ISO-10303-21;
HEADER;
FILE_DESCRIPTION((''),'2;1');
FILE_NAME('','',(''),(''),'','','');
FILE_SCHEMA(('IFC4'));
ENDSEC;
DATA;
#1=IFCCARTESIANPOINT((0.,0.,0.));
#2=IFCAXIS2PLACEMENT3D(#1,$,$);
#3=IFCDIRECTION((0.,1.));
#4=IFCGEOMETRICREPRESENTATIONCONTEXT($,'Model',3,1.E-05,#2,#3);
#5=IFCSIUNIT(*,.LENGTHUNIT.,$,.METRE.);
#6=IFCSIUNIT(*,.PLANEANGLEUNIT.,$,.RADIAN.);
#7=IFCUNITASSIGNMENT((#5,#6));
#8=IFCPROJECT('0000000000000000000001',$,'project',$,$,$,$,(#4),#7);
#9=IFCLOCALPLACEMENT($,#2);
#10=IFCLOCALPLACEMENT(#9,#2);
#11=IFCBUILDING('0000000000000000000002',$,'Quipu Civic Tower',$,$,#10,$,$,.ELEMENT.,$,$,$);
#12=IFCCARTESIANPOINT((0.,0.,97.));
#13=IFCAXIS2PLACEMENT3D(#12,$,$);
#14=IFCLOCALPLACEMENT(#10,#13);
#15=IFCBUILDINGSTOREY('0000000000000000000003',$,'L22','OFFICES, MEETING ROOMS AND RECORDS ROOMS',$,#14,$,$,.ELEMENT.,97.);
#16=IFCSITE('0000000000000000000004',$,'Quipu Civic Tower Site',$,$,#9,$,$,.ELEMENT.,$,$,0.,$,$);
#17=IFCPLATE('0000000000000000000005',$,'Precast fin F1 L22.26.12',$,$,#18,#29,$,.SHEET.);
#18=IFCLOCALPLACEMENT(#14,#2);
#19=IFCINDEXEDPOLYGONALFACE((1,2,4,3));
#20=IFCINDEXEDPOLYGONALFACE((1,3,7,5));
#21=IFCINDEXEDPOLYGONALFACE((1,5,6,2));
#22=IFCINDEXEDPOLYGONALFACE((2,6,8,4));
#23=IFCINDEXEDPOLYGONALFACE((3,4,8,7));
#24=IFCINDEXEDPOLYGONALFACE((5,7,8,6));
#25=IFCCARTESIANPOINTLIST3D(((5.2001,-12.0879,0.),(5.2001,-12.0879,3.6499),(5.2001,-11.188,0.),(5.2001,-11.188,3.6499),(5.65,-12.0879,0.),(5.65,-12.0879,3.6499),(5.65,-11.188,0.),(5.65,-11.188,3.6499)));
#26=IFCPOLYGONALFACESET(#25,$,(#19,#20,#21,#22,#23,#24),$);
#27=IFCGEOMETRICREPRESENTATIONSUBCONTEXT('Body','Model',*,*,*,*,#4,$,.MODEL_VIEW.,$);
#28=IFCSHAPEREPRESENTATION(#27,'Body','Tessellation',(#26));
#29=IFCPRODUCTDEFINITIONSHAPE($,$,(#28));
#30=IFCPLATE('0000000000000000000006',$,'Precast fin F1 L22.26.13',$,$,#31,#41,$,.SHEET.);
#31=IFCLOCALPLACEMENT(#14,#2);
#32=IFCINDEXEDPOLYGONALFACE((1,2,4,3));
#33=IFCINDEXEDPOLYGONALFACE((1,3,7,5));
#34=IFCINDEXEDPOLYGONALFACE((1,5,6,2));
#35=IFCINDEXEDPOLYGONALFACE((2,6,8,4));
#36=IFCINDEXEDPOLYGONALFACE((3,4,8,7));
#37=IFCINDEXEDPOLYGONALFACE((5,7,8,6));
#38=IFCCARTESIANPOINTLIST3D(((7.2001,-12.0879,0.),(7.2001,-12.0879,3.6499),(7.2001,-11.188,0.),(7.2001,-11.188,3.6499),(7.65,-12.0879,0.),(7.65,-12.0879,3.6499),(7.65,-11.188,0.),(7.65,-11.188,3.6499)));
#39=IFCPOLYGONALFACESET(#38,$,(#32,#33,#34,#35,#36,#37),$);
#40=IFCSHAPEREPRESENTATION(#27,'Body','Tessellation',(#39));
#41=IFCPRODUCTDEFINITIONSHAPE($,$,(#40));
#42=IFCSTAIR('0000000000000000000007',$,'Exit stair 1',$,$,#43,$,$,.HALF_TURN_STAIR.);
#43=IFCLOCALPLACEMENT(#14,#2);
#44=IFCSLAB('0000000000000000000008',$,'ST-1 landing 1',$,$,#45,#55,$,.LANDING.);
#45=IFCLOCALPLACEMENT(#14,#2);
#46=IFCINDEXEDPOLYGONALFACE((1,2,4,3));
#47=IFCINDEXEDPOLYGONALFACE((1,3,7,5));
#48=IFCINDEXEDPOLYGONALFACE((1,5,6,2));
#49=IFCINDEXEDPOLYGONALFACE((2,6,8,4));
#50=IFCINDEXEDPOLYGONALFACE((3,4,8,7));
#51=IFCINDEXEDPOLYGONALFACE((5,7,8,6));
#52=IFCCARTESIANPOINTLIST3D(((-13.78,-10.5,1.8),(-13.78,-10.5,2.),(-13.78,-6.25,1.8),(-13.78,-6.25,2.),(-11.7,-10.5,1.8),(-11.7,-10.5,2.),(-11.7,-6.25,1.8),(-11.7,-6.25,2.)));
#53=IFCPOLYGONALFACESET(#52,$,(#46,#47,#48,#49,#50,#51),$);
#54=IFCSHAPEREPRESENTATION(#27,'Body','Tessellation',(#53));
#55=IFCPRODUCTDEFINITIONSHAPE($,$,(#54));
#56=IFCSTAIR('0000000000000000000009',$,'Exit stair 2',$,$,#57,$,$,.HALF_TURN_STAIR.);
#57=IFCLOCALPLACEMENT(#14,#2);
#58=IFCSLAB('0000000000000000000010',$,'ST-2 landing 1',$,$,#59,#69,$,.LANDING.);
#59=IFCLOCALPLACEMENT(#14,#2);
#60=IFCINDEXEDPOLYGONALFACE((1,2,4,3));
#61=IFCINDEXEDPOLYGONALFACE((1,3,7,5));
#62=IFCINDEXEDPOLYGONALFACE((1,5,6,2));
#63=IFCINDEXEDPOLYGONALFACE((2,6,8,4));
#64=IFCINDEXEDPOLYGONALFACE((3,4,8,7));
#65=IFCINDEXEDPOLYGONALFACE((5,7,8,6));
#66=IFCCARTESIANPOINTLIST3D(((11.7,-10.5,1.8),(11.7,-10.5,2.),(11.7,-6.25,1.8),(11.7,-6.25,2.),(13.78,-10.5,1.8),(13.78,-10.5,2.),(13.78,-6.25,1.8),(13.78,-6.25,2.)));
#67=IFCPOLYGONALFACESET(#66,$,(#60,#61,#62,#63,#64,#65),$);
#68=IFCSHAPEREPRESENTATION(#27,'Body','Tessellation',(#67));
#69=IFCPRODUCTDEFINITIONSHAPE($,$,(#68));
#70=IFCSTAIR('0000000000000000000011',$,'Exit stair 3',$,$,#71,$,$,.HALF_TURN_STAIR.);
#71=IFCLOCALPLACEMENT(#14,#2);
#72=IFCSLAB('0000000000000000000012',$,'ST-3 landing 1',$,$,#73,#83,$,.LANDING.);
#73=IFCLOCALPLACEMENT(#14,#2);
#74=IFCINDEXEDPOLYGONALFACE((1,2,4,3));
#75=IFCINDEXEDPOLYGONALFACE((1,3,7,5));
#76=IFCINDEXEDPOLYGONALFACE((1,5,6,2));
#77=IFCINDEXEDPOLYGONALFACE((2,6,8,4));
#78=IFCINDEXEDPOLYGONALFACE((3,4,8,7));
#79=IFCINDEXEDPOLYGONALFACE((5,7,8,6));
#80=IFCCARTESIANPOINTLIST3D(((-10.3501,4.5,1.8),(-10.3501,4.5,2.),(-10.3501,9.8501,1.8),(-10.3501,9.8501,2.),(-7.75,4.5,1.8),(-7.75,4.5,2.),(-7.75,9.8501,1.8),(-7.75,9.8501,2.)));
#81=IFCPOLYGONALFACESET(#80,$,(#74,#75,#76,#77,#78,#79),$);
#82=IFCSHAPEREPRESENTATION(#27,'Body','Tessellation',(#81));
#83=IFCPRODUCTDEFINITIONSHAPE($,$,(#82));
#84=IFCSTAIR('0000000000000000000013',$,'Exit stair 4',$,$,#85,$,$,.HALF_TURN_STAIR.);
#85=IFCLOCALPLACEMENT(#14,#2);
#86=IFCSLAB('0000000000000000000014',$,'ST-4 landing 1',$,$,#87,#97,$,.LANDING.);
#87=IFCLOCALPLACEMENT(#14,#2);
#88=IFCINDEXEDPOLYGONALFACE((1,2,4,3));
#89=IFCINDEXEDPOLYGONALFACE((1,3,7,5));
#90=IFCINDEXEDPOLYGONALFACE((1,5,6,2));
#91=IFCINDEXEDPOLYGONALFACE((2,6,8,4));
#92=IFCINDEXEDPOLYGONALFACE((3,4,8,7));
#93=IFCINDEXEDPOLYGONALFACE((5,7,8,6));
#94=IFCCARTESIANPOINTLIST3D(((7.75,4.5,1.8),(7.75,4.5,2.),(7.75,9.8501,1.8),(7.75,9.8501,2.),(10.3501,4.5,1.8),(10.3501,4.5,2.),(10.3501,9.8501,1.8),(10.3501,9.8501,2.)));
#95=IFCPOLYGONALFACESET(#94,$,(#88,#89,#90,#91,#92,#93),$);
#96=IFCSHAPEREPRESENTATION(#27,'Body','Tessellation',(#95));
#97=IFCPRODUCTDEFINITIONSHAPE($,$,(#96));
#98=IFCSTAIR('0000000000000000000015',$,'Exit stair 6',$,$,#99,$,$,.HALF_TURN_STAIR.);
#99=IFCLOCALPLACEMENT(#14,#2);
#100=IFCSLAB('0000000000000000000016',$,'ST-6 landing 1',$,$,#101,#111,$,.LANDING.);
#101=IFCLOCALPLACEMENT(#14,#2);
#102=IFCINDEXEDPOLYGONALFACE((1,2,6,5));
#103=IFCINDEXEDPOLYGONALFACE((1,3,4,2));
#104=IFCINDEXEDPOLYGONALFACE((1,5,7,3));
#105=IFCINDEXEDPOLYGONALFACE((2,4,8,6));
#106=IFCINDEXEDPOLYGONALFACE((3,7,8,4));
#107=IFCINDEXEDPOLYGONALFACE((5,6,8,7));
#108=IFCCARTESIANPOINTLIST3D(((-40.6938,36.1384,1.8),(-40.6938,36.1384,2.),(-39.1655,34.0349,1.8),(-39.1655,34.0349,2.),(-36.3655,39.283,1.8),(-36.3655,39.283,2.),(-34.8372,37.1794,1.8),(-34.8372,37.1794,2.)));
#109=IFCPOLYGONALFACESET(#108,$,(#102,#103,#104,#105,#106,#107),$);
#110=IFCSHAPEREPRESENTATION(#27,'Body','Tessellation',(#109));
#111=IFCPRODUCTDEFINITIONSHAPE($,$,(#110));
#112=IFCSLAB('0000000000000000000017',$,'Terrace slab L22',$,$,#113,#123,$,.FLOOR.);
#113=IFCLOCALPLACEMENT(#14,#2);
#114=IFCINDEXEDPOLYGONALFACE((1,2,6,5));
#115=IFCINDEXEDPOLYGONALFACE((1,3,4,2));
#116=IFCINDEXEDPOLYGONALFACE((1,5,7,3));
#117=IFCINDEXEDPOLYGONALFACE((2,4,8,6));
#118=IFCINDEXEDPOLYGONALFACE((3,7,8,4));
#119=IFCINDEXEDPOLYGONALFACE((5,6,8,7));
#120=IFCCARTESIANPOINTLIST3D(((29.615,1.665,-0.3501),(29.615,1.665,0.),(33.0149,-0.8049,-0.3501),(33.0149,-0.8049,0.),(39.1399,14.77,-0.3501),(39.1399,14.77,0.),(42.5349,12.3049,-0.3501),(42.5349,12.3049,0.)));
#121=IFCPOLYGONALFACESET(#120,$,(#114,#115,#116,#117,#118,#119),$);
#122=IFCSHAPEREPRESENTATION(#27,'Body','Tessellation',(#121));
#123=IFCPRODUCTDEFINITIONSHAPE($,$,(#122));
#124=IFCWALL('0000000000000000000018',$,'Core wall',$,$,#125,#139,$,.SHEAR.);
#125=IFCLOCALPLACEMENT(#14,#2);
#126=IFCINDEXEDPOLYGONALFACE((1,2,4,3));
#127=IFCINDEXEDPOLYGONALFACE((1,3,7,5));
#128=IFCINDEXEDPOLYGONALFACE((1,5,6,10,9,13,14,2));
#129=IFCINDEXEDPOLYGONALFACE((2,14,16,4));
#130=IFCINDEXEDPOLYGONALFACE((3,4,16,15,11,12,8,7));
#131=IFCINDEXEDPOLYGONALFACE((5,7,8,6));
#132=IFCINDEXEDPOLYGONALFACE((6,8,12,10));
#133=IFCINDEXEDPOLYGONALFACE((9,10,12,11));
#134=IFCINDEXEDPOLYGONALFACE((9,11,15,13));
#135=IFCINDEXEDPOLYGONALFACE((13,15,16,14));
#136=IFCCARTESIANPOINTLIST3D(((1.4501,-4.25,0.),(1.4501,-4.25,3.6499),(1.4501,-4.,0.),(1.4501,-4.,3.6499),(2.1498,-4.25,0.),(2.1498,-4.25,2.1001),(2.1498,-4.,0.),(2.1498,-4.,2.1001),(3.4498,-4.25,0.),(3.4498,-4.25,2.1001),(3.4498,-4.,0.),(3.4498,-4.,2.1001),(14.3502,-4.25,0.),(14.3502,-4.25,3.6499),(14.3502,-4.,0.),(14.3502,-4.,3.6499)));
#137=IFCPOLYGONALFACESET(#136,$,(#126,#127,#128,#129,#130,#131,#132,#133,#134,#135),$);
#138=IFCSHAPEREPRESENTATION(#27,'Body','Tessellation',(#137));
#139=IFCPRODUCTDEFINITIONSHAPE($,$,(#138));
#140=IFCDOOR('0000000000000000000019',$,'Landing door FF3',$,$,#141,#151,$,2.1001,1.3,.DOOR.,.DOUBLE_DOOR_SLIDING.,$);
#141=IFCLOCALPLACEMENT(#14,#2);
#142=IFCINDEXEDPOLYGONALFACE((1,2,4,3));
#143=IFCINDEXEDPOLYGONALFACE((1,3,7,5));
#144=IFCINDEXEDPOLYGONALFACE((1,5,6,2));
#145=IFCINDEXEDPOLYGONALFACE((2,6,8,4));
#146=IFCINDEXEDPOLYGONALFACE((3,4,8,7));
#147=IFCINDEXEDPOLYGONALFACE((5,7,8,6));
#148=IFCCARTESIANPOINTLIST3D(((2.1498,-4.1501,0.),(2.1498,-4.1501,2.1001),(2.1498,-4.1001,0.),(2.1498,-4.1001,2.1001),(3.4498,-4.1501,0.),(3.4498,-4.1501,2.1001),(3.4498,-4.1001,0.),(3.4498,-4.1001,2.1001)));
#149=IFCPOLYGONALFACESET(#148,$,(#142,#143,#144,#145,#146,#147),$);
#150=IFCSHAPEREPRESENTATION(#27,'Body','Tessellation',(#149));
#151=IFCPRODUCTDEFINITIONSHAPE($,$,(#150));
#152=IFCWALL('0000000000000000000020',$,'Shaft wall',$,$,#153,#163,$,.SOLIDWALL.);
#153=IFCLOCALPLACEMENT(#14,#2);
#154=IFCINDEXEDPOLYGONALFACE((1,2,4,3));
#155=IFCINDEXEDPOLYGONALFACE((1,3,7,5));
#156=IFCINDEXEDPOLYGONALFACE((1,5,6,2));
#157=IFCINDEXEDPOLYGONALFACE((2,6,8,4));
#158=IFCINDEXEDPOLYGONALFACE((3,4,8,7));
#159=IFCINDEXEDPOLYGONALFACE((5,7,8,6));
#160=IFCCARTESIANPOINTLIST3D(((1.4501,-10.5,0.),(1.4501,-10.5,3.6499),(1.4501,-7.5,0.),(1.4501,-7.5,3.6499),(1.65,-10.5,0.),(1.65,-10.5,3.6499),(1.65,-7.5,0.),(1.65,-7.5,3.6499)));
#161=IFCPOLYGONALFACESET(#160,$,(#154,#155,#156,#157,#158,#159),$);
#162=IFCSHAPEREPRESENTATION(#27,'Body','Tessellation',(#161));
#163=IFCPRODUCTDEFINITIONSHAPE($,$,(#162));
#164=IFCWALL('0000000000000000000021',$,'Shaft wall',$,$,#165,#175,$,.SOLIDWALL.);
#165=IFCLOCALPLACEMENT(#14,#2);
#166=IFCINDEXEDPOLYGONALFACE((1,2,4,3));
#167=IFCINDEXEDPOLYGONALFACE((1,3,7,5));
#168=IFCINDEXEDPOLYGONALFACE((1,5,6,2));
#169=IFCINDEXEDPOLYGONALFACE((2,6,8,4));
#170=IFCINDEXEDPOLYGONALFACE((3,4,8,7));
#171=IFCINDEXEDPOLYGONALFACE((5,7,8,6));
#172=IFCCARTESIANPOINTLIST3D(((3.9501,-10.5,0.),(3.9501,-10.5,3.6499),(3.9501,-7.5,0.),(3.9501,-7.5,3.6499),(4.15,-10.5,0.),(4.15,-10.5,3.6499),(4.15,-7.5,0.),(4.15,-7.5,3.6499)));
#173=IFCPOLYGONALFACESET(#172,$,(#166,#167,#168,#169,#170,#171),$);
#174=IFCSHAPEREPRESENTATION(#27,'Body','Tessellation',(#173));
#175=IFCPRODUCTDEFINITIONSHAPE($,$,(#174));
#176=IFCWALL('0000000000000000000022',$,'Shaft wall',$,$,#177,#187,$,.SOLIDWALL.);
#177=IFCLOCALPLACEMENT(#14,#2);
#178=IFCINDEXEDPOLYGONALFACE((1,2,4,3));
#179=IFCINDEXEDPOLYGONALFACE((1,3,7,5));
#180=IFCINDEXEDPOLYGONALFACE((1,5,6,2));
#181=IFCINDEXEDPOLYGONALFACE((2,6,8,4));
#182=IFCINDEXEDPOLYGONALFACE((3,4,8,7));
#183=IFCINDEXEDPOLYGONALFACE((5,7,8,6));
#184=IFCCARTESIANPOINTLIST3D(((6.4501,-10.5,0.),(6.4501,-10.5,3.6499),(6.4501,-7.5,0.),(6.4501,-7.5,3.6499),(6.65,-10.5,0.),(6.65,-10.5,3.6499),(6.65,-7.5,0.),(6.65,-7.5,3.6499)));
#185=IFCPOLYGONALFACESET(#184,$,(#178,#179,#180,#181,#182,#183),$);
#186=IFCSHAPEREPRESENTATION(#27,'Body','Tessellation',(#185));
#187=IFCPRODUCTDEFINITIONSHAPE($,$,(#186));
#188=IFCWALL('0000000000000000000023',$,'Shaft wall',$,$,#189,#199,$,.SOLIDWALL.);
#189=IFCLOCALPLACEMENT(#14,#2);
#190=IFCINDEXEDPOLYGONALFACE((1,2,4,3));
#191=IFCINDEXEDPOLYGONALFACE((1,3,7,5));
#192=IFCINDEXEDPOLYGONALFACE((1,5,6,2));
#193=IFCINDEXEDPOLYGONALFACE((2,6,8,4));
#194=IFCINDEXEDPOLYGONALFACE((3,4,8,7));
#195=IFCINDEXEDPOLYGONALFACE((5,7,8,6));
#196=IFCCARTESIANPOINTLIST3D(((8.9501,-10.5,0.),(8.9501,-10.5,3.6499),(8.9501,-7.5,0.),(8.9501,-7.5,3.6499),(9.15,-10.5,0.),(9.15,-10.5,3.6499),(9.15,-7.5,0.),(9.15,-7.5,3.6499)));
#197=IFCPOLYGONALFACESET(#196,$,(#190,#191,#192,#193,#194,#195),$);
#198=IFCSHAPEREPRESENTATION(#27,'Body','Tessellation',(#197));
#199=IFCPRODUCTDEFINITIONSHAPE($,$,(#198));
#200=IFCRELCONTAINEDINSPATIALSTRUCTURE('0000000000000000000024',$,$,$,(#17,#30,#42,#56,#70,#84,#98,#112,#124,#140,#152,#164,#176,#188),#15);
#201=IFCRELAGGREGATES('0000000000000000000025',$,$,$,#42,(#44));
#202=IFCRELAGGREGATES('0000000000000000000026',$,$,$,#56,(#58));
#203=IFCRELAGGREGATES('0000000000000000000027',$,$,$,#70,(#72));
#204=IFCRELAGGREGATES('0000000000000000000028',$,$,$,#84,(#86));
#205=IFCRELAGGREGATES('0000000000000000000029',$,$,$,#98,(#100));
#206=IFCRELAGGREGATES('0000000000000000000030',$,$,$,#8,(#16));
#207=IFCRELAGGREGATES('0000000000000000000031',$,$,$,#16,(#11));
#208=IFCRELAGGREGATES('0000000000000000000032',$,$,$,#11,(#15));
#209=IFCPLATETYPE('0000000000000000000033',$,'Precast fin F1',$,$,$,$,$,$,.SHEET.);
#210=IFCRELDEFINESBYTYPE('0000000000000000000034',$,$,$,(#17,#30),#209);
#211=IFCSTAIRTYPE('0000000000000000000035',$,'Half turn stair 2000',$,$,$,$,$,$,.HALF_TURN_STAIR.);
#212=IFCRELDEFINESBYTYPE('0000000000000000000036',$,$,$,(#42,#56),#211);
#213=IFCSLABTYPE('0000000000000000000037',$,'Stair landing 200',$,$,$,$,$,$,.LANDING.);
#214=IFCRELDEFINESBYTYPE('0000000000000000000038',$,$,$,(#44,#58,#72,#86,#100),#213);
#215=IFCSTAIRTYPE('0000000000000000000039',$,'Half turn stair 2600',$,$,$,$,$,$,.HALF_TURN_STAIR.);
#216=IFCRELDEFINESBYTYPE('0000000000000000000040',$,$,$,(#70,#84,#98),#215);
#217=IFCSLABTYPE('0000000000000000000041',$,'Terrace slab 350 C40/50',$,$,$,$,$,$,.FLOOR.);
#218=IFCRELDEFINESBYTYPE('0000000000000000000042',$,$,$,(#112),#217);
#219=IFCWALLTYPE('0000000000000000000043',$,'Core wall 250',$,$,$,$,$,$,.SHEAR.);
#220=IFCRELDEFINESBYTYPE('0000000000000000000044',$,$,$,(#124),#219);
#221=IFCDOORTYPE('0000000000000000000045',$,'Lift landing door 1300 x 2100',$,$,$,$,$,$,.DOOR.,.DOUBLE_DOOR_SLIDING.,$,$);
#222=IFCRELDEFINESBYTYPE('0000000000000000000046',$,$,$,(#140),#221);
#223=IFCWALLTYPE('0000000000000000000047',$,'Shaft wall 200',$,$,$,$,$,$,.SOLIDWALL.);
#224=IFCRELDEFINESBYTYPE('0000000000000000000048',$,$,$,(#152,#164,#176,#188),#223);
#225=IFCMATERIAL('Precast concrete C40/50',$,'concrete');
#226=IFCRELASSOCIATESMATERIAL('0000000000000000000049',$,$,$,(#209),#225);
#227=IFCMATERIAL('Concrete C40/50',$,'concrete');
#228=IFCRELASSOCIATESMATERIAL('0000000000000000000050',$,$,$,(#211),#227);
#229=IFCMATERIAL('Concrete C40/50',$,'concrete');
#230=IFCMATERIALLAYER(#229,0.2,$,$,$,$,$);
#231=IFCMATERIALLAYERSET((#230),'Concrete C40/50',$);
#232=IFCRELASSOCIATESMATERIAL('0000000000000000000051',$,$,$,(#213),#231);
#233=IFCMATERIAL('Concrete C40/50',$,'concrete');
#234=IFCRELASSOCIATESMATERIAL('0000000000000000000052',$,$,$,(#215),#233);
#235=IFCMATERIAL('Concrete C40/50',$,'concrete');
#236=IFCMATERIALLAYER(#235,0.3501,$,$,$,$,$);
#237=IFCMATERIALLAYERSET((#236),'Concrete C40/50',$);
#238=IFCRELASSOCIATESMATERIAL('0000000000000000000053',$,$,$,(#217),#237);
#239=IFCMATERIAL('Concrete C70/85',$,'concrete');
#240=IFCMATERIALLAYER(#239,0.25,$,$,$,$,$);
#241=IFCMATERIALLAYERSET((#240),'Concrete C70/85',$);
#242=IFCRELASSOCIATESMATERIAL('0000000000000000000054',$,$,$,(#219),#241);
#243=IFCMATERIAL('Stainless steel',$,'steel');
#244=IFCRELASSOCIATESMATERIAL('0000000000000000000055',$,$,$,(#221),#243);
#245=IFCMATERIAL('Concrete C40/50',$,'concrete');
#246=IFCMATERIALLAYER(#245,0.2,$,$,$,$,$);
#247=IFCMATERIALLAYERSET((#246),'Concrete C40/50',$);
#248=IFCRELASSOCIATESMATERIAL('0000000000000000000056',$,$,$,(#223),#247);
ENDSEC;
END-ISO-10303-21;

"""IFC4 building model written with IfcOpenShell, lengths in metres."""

from ifc_helpers import new_model, si_unit, direction, frame, frame_2d, origin, origin_2d, place, context, subcontext, project, spatial, polyline, rectangle, outline, extrude, material, layer, layer_set, type_object, element, fill, aggregate, save


model = new_model("IFC4")

# Units and contexts
model_context = context("Model", 3, precision=1e-05, world=origin(), true_north=direction((0.0, 1.0)))
body_context = subcontext(model_context, "Body", "Model", "MODEL_VIEW")
ifc_project = project(units=[si_unit("LENGTHUNIT", "METRE"), si_unit("PLANEANGLEUNIT", "RADIAN")], contexts=[model_context])

# Site, building, storey
site_placement = place(None, origin())
site = spatial("IfcSite", under=ifc_project, at=site_placement, Name="Quipu Civic Tower Site", CompositionType="ELEMENT", RefElevation=0.0)
building_placement = place(site_placement, origin())
building = spatial("IfcBuilding", under=site, at=building_placement, Name="Quipu Civic Tower", CompositionType="ELEMENT")
storey_placement = place(building_placement, frame((0.0, 0.0, 97.0)))
storey = spatial("IfcBuildingStorey", under=building, at=storey_placement, Name="L22", Description="OFFICES, MEETING ROOMS AND RECORDS ROOMS", CompositionType="ELEMENT", Elevation=97.0)

# Plates
ifc_material_1 = material(Name="Precast concrete C40/50", Category="concrete")
plate_type = type_object("IfcPlateType", Name="Precast fin F1", PredefinedType="SHEET", material=ifc_material_1)
for number, where, z_axis, x_axis, name in (
    (1, (5.425, -11.6379, 0.0), (0.0, 0.0, 1.0), (1.0, 0.0, 0.0), "Precast fin F1 L22.26.12"),
    (2, (7.425, -11.6379, 0.0), (0.0, 0.0, 1.0), (1.0, 0.0, 0.0), "Precast fin F1 L22.26.13"),
):
    element("IfcPlate", number, at=place(storey_placement, frame(where, z_axis=z_axis, x_axis=x_axis)), inside=storey, type_object=plate_type, Name=name, PredefinedType="SHEET", context=body_context, shape_type="SweptSolid", body=[
        extrude(rectangle(XDim=0.45, YDim=0.8999, at=origin_2d()), origin(), (0.0, 0.0, 1.0), 3.6499),
    ])

# Stairs, slabs
ifc_material_2 = material(Name="Concrete C40/50", Category="concrete")
stair_type_1 = type_object("IfcStairType", Name="Half turn stair 2000", PredefinedType="HALF_TURN_STAIR", material=ifc_material_2)
stair_1_placement = place(storey_placement, origin())
stair_1 = element("IfcStair", 3, at=stair_1_placement, inside=storey, type_object=stair_type_1, Name="Exit stair 1", PredefinedType="HALF_TURN_STAIR")
ifc_material_3 = material(Name="Concrete C40/50", Category="concrete")
ifc_layer_1 = layer(ifc_material_3, 0.2)
ifc_layer_set_1 = layer_set([ifc_layer_1], Name="Concrete C40/50")
slab_type_1 = type_object("IfcSlabType", Name="Stair landing 200", PredefinedType="LANDING", material=ifc_layer_set_1)
slab_1_placement = place(storey_placement, frame((0.0, 0.0, 1.8)))
slab_1 = element("IfcSlab", 4, at=slab_1_placement, type_object=slab_type_1, Name="ST-1 landing 1", PredefinedType="LANDING", context=body_context, shape_type="SweptSolid", body=[
    extrude(outline(polyline([(-13.78, -10.5), (-11.7, -10.5), (-11.7, -6.25), (-13.78, -6.25), (-13.78, -10.5)])), origin(), (0.0, 0.0, 1.0), 0.2),
])
aggregate(stair_1, [slab_1])
stair_2_placement = place(storey_placement, origin())
stair_2 = element("IfcStair", 5, at=stair_2_placement, inside=storey, type_object=stair_type_1, Name="Exit stair 2", PredefinedType="HALF_TURN_STAIR")
slab_2_placement = place(storey_placement, frame((0.0, 0.0, 1.8)))
slab_2 = element("IfcSlab", 6, at=slab_2_placement, type_object=slab_type_1, Name="ST-2 landing 1", PredefinedType="LANDING", context=body_context, shape_type="SweptSolid", body=[
    extrude(outline(polyline([(13.78, -6.25), (11.7, -6.25), (11.7, -10.5), (13.78, -10.5), (13.78, -6.25)])), origin(), (0.0, 0.0, 1.0), 0.2),
])
aggregate(stair_2, [slab_2])
ifc_material_4 = material(Name="Concrete C40/50", Category="concrete")
stair_type_2 = type_object("IfcStairType", Name="Half turn stair 2600", PredefinedType="HALF_TURN_STAIR", material=ifc_material_4)
stair_3_placement = place(storey_placement, origin())
stair_3 = element("IfcStair", 7, at=stair_3_placement, inside=storey, type_object=stair_type_2, Name="Exit stair 3", PredefinedType="HALF_TURN_STAIR")
slab_3_placement = place(storey_placement, frame((0.0, 0.0, 1.8)))
slab_3 = element("IfcSlab", 8, at=slab_3_placement, type_object=slab_type_1, Name="ST-3 landing 1", PredefinedType="LANDING", context=body_context, shape_type="SweptSolid", body=[
    extrude(outline(polyline([(-10.3501, 4.5), (-7.75, 4.5), (-7.75, 9.8501), (-10.3501, 9.8501), (-10.3501, 4.5)])), origin(), (0.0, 0.0, 1.0), 0.2),
])
aggregate(stair_3, [slab_3])
stair_4_placement = place(storey_placement, origin())
stair_4 = element("IfcStair", 9, at=stair_4_placement, inside=storey, type_object=stair_type_2, Name="Exit stair 4", PredefinedType="HALF_TURN_STAIR")
slab_4_placement = place(storey_placement, frame((0.0, 0.0, 1.8)))
slab_4 = element("IfcSlab", 10, at=slab_4_placement, type_object=slab_type_1, Name="ST-4 landing 1", PredefinedType="LANDING", context=body_context, shape_type="SweptSolid", body=[
    extrude(outline(polyline([(10.3501, 9.8501), (7.75, 9.8501), (7.75, 4.5), (10.3501, 4.5), (10.3501, 9.8501)])), origin(), (0.0, 0.0, 1.0), 0.2),
])
aggregate(stair_4, [slab_4])
stair_5_placement = place(storey_placement, origin())
stair_5 = element("IfcStair", 11, at=stair_5_placement, inside=storey, type_object=stair_type_2, Name="Exit stair 6", PredefinedType="HALF_TURN_STAIR")
slab_5_placement = place(storey_placement, frame((0.0, 0.0, 1.8)))
slab_5 = element("IfcSlab", 12, at=slab_5_placement, type_object=slab_type_1, Name="ST-6 landing 1", PredefinedType="LANDING", context=body_context, shape_type="SweptSolid", body=[
    extrude(outline(polyline([(-34.8372, 37.1794), (-36.3655, 39.283), (-40.6938, 36.1384), (-39.1655, 34.0349), (-34.8372, 37.1794)])), origin(), (0.0, 0.0, 1.0), 0.2),
])
aggregate(stair_5, [slab_5])

# Slab
ifc_material_5 = material(Name="Concrete C40/50", Category="concrete")
ifc_layer_2 = layer(ifc_material_5, 0.3501)
ifc_layer_set_2 = layer_set([ifc_layer_2], Name="Concrete C40/50")
slab_type_2 = type_object("IfcSlabType", Name="Terrace slab 350 C40/50", PredefinedType="FLOOR", material=ifc_layer_set_2)
slab_6_placement = place(storey_placement, frame((0.0, 0.0, -0.3501)))
element("IfcSlab", 13, at=slab_6_placement, inside=storey, type_object=slab_type_2, Name="Terrace slab L22", PredefinedType="FLOOR", context=body_context, shape_type="SweptSolid", body=[
    extrude(outline(polyline([(42.5349, 12.3049), (33.0149, -0.8049), (29.615, 1.665), (39.1399, 14.77), (42.5349, 12.3049)])), origin(), (0.0, 0.0, 1.0), 0.3501),
])

# Wall, opening, door
ifc_material_6 = material(Name="Concrete C70/85", Category="concrete")
ifc_layer_3 = layer(ifc_material_6, 0.25)
ifc_layer_set_3 = layer_set([ifc_layer_3], Name="Concrete C70/85")
wall_type_1 = type_object("IfcWallType", Name="Core wall 250", PredefinedType="SHEAR", material=ifc_layer_set_3)
wall_placement = place(storey_placement, frame((1.45, -4.125, 0.0), z_axis=(0.0, 0.0, 1.0), x_axis=(1.0, 0.0, 0.0)))
wall = element("IfcWall", 14, at=wall_placement, inside=storey, type_object=wall_type_1, Name="Core wall", PredefinedType="SHEAR", context=body_context, shape_type="SweptSolid", body=[
    extrude(rectangle(XDim=12.9001, YDim=0.25, at=frame_2d((6.4502, 0.0))), origin(), (0.0, 0.0, 1.0), 3.6499),
])
opening_placement = place(wall_placement, frame((0.7, 0.0, 0.0)))
opening = element("IfcOpeningElement", 15, at=opening_placement, cuts=wall, PredefinedType="OPENING", context=body_context, shape_type="SweptSolid", body=[
    extrude(rectangle(XDim=1.3, YDim=2.1001, at=frame_2d((0.6499, 1.05))), frame((0.0, 0.135, 0.0), z_axis=(0.0, -1.0, 0.0), x_axis=(1.0, 0.0, 0.0)), (0.0, 0.0, 1.0), 0.27),
])
ifc_material_7 = material(Name="Stainless steel", Category="steel")
door_type = type_object("IfcDoorType", Name="Lift landing door 1300 x 2100", OperationType="DOUBLE_DOOR_SLIDING", PredefinedType="DOOR", material=ifc_material_7)
door_placement = place(opening_placement, origin())
door = element("IfcDoor", 16, at=door_placement, inside=storey, type_object=door_type, Name="Landing door FF3", OperationType="DOUBLE_DOOR_SLIDING", OverallHeight=2.1001, OverallWidth=1.3, PredefinedType="DOOR", context=body_context, shape_type="SweptSolid", body=[
    extrude(rectangle(XDim=1.3, YDim=2.1001, at=frame_2d((0.6499, 1.05))), frame((0.0, 0.0249, 0.0), z_axis=(0.0, -1.0, 0.0), x_axis=(1.0, 0.0, 0.0)), (0.0, 0.0, 1.0), 0.05),
])
fill(opening, door)

# Walls
ifc_material_8 = material(Name="Concrete C40/50", Category="concrete")
ifc_layer_4 = layer(ifc_material_8, 0.2)
ifc_layer_set_4 = layer_set([ifc_layer_4], Name="Concrete C40/50")
wall_type_2 = type_object("IfcWallType", Name="Shaft wall 200", PredefinedType="SOLIDWALL", material=ifc_layer_set_4)
for number, where, z_axis, x_axis, name in (
    (17, (1.55, -10.5, 0.0), (0.0, 0.0, 1.0), (0.0, 1.0, 0.0), "Shaft wall"),
    (18, (4.05, -10.5, 0.0), (0.0, 0.0, 1.0), (0.0, 1.0, 0.0), "Shaft wall"),
    (19, (6.55, -10.5, 0.0), (0.0, 0.0, 1.0), (0.0, 1.0, 0.0), "Shaft wall"),
    (20, (9.05, -10.5, 0.0), (0.0, 0.0, 1.0), (0.0, 1.0, 0.0), "Shaft wall"),
):
    element("IfcWall", number, at=place(storey_placement, frame(where, z_axis=z_axis, x_axis=x_axis)), inside=storey, type_object=wall_type_2, Name=name, PredefinedType="SOLIDWALL", context=body_context, shape_type="SweptSolid", body=[
        extrude(rectangle(XDim=3.0, YDim=0.2, at=frame_2d((1.5, 0.0))), origin(), (0.0, 0.0, 1.0), 3.6499),
    ])

save(model, "model.ifc")
